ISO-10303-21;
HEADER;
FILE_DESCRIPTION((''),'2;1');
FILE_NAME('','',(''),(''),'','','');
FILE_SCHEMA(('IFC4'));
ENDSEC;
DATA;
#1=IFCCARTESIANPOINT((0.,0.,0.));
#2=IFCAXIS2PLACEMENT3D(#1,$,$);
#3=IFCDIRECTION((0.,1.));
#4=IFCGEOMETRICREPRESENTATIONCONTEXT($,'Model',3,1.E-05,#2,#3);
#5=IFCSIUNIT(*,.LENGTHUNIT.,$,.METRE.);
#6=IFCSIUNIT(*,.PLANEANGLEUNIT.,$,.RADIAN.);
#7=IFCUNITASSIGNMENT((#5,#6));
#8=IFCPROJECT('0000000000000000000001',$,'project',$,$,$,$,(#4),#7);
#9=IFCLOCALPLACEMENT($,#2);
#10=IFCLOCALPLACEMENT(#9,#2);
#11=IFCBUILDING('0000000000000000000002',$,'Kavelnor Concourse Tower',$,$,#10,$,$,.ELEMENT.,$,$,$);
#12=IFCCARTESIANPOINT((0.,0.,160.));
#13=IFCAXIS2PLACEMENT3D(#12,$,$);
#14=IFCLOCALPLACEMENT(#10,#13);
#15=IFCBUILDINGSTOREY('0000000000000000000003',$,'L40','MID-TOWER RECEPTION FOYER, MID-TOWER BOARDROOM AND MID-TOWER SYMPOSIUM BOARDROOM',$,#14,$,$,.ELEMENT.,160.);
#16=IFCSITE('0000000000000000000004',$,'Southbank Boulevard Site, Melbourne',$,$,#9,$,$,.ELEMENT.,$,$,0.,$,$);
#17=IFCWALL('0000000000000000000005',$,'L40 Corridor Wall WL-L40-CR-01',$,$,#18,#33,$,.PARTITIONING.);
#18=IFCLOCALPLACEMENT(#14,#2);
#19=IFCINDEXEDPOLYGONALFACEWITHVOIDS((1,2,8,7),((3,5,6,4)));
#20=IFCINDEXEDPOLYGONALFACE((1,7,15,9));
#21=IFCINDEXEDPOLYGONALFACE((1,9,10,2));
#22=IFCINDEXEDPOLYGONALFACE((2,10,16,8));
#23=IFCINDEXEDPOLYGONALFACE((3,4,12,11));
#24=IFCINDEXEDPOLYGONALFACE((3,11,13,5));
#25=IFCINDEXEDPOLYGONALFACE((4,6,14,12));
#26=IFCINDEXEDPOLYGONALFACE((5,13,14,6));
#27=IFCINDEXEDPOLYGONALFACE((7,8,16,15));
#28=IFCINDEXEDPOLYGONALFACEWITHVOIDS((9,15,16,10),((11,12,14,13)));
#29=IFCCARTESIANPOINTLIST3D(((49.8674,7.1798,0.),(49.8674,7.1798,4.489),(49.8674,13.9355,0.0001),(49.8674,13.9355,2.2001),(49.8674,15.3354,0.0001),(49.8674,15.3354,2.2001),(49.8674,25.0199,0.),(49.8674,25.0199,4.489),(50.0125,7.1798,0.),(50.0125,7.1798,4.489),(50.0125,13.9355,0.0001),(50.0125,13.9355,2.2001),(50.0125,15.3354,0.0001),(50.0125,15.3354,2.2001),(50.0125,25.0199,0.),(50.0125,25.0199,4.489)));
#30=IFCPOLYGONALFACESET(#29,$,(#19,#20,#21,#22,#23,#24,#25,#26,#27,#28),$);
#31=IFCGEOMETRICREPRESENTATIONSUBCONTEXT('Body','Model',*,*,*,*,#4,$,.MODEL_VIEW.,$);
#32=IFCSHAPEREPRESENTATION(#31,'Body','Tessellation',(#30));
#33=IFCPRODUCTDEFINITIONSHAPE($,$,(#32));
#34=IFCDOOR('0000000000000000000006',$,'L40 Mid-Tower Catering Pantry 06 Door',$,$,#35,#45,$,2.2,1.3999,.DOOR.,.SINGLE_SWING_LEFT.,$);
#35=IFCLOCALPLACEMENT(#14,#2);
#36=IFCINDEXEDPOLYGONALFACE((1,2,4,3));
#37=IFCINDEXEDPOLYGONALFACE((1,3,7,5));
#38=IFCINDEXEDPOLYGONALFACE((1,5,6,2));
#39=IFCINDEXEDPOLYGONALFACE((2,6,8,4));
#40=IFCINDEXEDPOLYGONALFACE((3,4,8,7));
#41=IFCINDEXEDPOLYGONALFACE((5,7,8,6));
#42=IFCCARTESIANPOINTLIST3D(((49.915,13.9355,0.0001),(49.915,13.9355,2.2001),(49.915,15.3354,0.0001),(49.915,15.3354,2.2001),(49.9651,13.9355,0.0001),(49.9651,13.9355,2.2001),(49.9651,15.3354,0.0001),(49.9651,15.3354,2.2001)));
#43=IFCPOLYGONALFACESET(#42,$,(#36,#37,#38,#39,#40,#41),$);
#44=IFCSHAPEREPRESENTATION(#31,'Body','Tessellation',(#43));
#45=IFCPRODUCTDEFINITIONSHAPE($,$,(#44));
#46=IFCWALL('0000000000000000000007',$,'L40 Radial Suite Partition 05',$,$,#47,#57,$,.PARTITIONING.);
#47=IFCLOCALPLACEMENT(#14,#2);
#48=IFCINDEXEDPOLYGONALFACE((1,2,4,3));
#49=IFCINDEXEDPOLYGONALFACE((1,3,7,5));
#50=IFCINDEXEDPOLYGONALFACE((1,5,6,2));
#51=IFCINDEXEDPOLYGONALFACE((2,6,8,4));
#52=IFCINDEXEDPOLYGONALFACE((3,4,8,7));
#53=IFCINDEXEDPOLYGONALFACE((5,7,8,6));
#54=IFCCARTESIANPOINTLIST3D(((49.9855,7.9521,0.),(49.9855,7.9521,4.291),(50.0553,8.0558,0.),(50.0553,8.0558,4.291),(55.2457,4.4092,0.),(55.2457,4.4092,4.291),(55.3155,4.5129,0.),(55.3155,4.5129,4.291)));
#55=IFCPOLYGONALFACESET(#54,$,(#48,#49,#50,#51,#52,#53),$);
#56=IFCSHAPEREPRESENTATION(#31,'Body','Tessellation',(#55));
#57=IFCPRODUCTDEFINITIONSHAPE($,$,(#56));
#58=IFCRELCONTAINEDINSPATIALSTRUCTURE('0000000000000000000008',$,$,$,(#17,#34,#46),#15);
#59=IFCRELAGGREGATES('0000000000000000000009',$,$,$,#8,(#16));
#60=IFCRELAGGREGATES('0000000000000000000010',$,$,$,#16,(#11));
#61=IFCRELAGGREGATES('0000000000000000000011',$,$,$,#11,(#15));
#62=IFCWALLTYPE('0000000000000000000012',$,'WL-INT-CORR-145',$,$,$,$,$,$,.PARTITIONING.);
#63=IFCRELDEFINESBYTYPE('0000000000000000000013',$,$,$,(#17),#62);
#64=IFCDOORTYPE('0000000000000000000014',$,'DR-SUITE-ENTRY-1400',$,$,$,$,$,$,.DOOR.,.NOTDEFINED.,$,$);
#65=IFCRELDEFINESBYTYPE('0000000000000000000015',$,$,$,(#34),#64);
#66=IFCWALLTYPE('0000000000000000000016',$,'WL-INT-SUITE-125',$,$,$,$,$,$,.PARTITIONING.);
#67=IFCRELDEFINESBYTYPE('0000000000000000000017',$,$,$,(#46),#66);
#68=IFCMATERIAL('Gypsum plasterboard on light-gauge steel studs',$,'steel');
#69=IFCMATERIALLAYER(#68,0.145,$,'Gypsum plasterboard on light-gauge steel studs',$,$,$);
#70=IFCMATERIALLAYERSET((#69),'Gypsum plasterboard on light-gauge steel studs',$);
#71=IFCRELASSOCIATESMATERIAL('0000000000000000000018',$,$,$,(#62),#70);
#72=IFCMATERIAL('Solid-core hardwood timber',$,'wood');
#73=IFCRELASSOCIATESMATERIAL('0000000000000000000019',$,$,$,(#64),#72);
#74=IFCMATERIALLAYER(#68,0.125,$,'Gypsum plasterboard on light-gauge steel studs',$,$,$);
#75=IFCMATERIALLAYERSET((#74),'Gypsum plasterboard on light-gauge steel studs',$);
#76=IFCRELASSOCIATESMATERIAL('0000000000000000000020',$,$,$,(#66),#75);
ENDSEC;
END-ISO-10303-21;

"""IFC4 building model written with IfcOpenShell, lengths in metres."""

from ifc_helpers import new_model, si_unit, direction, frame, frame_2d, origin, place, context, subcontext, project, spatial, rectangle, extrude, material, layer, layer_set, type_object, element, fill, save


model = new_model("IFC4")

# Units and contexts
model_context = context("Model", 3, precision=1e-05, world=origin(), true_north=direction((0.0, 1.0)))
body_context = subcontext(model_context, "Body", "Model", "MODEL_VIEW")
ifc_project = project(units=[si_unit("LENGTHUNIT", "METRE"), si_unit("PLANEANGLEUNIT", "RADIAN")], contexts=[model_context])

# Site, building, storey
site_placement = place(None, origin())
site = spatial("IfcSite", under=ifc_project, at=site_placement, Name="Southbank Boulevard Site, Melbourne", CompositionType="ELEMENT", RefElevation=0.0)
building_placement = place(site_placement, origin())
building = spatial("IfcBuilding", under=site, at=building_placement, Name="Kavelnor Concourse Tower", CompositionType="ELEMENT")
storey_placement = place(building_placement, frame((0.0, 0.0, 160.0)))
storey = spatial("IfcBuildingStorey", under=building, at=storey_placement, Name="L40", Description="MID-TOWER RECEPTION FOYER, MID-TOWER BOARDROOM AND MID-TOWER SYMPOSIUM BOARDROOM", CompositionType="ELEMENT", Elevation=160.0)

# Wall, opening, door
ifc_material_1 = material(Name="Gypsum plasterboard on light-gauge steel studs", Category="steel")
ifc_layer_1 = layer(ifc_material_1, 0.145, Name="Gypsum plasterboard on light-gauge steel studs")
ifc_layer_set_1 = layer_set([ifc_layer_1], Name="Gypsum plasterboard on light-gauge steel studs")
wall_type_1 = type_object("IfcWallType", Name="WL-INT-CORR-145", PredefinedType="PARTITIONING", material=ifc_layer_set_1)
wall_1_placement = place(storey_placement, frame((49.9399, 7.1799, 0.0), z_axis=(0.0, 0.0, 1.0), x_axis=(0.0, 1.0, 0.0)))
wall_1 = element("IfcWall", 1, at=wall_1_placement, inside=storey, type_object=wall_type_1, Name="L40 Corridor Wall WL-L40-CR-01", PredefinedType="PARTITIONING", context=body_context, shape_type="SweptSolid", body=[
    extrude(rectangle(XDim=17.8401, YDim=0.145, at=frame_2d((8.9199, 0.0))), origin(), (0.0, 0.0, 1.0), 4.489),
])
opening_1_placement = place(wall_1_placement, frame((6.7556, 0.0, 0.0)))
opening_1 = element("IfcOpeningElement", 2, at=opening_1_placement, cuts=wall_1, PredefinedType="OPENING", context=body_context, shape_type="SweptSolid", body=[
    extrude(rectangle(XDim=1.3999, YDim=2.2, at=frame_2d((0.7, 1.1001))), frame((0.0, 0.0825, 0.0), z_axis=(0.0, -1.0, 0.0), x_axis=(1.0, 0.0, 0.0)), (0.0, 0.0, 1.0), 0.165),
])
ifc_material_2 = material(Name="Solid-core hardwood timber", Category="wood")
door_type = type_object("IfcDoorType", Name="DR-SUITE-ENTRY-1400", OperationType="NOTDEFINED", PredefinedType="DOOR", material=ifc_material_2)
door_placement = place(opening_1_placement, origin())
door = element("IfcDoor", 3, at=door_placement, inside=storey, type_object=door_type, Name="L40 Mid-Tower Catering Pantry 06 Door", OperationType="SINGLE_SWING_LEFT", OverallHeight=2.2, OverallWidth=1.3999, PredefinedType="DOOR", context=body_context, shape_type="SweptSolid", body=[
    extrude(rectangle(XDim=1.3999, YDim=2.2, at=frame_2d((0.7, 1.1001))), frame((0.0, 0.0249, 0.0), z_axis=(0.0, -1.0, 0.0), x_axis=(1.0, 0.0, 0.0)), (0.0, 0.0, 1.0), 0.05),
])
fill(opening_1, door)

# Wall
ifc_layer_2 = layer(ifc_material_1, 0.125, Name="Gypsum plasterboard on light-gauge steel studs")
ifc_layer_set_2 = layer_set([ifc_layer_2], Name="Gypsum plasterboard on light-gauge steel studs")
wall_type_2 = type_object("IfcWallType", Name="WL-INT-SUITE-125", PredefinedType="PARTITIONING", material=ifc_layer_set_2)
wall_2_placement = place(storey_placement, frame((50.0205, 8.0039, 0.0), z_axis=(0.0, 0.0, 1.0), x_axis=(0.829411, -0.558638, 0.0)))
element("IfcWall", 4, at=wall_2_placement, inside=storey, type_object=wall_type_2, Name="L40 Radial Suite Partition 05", PredefinedType="PARTITIONING", context=body_context, shape_type="SweptSolid", body=[
    extrude(rectangle(XDim=6.342, YDim=0.125, at=frame_2d((3.1709, 0.0))), origin(), (0.0, 0.0, 1.0), 4.291),
])

save(model, "model.ifc")
